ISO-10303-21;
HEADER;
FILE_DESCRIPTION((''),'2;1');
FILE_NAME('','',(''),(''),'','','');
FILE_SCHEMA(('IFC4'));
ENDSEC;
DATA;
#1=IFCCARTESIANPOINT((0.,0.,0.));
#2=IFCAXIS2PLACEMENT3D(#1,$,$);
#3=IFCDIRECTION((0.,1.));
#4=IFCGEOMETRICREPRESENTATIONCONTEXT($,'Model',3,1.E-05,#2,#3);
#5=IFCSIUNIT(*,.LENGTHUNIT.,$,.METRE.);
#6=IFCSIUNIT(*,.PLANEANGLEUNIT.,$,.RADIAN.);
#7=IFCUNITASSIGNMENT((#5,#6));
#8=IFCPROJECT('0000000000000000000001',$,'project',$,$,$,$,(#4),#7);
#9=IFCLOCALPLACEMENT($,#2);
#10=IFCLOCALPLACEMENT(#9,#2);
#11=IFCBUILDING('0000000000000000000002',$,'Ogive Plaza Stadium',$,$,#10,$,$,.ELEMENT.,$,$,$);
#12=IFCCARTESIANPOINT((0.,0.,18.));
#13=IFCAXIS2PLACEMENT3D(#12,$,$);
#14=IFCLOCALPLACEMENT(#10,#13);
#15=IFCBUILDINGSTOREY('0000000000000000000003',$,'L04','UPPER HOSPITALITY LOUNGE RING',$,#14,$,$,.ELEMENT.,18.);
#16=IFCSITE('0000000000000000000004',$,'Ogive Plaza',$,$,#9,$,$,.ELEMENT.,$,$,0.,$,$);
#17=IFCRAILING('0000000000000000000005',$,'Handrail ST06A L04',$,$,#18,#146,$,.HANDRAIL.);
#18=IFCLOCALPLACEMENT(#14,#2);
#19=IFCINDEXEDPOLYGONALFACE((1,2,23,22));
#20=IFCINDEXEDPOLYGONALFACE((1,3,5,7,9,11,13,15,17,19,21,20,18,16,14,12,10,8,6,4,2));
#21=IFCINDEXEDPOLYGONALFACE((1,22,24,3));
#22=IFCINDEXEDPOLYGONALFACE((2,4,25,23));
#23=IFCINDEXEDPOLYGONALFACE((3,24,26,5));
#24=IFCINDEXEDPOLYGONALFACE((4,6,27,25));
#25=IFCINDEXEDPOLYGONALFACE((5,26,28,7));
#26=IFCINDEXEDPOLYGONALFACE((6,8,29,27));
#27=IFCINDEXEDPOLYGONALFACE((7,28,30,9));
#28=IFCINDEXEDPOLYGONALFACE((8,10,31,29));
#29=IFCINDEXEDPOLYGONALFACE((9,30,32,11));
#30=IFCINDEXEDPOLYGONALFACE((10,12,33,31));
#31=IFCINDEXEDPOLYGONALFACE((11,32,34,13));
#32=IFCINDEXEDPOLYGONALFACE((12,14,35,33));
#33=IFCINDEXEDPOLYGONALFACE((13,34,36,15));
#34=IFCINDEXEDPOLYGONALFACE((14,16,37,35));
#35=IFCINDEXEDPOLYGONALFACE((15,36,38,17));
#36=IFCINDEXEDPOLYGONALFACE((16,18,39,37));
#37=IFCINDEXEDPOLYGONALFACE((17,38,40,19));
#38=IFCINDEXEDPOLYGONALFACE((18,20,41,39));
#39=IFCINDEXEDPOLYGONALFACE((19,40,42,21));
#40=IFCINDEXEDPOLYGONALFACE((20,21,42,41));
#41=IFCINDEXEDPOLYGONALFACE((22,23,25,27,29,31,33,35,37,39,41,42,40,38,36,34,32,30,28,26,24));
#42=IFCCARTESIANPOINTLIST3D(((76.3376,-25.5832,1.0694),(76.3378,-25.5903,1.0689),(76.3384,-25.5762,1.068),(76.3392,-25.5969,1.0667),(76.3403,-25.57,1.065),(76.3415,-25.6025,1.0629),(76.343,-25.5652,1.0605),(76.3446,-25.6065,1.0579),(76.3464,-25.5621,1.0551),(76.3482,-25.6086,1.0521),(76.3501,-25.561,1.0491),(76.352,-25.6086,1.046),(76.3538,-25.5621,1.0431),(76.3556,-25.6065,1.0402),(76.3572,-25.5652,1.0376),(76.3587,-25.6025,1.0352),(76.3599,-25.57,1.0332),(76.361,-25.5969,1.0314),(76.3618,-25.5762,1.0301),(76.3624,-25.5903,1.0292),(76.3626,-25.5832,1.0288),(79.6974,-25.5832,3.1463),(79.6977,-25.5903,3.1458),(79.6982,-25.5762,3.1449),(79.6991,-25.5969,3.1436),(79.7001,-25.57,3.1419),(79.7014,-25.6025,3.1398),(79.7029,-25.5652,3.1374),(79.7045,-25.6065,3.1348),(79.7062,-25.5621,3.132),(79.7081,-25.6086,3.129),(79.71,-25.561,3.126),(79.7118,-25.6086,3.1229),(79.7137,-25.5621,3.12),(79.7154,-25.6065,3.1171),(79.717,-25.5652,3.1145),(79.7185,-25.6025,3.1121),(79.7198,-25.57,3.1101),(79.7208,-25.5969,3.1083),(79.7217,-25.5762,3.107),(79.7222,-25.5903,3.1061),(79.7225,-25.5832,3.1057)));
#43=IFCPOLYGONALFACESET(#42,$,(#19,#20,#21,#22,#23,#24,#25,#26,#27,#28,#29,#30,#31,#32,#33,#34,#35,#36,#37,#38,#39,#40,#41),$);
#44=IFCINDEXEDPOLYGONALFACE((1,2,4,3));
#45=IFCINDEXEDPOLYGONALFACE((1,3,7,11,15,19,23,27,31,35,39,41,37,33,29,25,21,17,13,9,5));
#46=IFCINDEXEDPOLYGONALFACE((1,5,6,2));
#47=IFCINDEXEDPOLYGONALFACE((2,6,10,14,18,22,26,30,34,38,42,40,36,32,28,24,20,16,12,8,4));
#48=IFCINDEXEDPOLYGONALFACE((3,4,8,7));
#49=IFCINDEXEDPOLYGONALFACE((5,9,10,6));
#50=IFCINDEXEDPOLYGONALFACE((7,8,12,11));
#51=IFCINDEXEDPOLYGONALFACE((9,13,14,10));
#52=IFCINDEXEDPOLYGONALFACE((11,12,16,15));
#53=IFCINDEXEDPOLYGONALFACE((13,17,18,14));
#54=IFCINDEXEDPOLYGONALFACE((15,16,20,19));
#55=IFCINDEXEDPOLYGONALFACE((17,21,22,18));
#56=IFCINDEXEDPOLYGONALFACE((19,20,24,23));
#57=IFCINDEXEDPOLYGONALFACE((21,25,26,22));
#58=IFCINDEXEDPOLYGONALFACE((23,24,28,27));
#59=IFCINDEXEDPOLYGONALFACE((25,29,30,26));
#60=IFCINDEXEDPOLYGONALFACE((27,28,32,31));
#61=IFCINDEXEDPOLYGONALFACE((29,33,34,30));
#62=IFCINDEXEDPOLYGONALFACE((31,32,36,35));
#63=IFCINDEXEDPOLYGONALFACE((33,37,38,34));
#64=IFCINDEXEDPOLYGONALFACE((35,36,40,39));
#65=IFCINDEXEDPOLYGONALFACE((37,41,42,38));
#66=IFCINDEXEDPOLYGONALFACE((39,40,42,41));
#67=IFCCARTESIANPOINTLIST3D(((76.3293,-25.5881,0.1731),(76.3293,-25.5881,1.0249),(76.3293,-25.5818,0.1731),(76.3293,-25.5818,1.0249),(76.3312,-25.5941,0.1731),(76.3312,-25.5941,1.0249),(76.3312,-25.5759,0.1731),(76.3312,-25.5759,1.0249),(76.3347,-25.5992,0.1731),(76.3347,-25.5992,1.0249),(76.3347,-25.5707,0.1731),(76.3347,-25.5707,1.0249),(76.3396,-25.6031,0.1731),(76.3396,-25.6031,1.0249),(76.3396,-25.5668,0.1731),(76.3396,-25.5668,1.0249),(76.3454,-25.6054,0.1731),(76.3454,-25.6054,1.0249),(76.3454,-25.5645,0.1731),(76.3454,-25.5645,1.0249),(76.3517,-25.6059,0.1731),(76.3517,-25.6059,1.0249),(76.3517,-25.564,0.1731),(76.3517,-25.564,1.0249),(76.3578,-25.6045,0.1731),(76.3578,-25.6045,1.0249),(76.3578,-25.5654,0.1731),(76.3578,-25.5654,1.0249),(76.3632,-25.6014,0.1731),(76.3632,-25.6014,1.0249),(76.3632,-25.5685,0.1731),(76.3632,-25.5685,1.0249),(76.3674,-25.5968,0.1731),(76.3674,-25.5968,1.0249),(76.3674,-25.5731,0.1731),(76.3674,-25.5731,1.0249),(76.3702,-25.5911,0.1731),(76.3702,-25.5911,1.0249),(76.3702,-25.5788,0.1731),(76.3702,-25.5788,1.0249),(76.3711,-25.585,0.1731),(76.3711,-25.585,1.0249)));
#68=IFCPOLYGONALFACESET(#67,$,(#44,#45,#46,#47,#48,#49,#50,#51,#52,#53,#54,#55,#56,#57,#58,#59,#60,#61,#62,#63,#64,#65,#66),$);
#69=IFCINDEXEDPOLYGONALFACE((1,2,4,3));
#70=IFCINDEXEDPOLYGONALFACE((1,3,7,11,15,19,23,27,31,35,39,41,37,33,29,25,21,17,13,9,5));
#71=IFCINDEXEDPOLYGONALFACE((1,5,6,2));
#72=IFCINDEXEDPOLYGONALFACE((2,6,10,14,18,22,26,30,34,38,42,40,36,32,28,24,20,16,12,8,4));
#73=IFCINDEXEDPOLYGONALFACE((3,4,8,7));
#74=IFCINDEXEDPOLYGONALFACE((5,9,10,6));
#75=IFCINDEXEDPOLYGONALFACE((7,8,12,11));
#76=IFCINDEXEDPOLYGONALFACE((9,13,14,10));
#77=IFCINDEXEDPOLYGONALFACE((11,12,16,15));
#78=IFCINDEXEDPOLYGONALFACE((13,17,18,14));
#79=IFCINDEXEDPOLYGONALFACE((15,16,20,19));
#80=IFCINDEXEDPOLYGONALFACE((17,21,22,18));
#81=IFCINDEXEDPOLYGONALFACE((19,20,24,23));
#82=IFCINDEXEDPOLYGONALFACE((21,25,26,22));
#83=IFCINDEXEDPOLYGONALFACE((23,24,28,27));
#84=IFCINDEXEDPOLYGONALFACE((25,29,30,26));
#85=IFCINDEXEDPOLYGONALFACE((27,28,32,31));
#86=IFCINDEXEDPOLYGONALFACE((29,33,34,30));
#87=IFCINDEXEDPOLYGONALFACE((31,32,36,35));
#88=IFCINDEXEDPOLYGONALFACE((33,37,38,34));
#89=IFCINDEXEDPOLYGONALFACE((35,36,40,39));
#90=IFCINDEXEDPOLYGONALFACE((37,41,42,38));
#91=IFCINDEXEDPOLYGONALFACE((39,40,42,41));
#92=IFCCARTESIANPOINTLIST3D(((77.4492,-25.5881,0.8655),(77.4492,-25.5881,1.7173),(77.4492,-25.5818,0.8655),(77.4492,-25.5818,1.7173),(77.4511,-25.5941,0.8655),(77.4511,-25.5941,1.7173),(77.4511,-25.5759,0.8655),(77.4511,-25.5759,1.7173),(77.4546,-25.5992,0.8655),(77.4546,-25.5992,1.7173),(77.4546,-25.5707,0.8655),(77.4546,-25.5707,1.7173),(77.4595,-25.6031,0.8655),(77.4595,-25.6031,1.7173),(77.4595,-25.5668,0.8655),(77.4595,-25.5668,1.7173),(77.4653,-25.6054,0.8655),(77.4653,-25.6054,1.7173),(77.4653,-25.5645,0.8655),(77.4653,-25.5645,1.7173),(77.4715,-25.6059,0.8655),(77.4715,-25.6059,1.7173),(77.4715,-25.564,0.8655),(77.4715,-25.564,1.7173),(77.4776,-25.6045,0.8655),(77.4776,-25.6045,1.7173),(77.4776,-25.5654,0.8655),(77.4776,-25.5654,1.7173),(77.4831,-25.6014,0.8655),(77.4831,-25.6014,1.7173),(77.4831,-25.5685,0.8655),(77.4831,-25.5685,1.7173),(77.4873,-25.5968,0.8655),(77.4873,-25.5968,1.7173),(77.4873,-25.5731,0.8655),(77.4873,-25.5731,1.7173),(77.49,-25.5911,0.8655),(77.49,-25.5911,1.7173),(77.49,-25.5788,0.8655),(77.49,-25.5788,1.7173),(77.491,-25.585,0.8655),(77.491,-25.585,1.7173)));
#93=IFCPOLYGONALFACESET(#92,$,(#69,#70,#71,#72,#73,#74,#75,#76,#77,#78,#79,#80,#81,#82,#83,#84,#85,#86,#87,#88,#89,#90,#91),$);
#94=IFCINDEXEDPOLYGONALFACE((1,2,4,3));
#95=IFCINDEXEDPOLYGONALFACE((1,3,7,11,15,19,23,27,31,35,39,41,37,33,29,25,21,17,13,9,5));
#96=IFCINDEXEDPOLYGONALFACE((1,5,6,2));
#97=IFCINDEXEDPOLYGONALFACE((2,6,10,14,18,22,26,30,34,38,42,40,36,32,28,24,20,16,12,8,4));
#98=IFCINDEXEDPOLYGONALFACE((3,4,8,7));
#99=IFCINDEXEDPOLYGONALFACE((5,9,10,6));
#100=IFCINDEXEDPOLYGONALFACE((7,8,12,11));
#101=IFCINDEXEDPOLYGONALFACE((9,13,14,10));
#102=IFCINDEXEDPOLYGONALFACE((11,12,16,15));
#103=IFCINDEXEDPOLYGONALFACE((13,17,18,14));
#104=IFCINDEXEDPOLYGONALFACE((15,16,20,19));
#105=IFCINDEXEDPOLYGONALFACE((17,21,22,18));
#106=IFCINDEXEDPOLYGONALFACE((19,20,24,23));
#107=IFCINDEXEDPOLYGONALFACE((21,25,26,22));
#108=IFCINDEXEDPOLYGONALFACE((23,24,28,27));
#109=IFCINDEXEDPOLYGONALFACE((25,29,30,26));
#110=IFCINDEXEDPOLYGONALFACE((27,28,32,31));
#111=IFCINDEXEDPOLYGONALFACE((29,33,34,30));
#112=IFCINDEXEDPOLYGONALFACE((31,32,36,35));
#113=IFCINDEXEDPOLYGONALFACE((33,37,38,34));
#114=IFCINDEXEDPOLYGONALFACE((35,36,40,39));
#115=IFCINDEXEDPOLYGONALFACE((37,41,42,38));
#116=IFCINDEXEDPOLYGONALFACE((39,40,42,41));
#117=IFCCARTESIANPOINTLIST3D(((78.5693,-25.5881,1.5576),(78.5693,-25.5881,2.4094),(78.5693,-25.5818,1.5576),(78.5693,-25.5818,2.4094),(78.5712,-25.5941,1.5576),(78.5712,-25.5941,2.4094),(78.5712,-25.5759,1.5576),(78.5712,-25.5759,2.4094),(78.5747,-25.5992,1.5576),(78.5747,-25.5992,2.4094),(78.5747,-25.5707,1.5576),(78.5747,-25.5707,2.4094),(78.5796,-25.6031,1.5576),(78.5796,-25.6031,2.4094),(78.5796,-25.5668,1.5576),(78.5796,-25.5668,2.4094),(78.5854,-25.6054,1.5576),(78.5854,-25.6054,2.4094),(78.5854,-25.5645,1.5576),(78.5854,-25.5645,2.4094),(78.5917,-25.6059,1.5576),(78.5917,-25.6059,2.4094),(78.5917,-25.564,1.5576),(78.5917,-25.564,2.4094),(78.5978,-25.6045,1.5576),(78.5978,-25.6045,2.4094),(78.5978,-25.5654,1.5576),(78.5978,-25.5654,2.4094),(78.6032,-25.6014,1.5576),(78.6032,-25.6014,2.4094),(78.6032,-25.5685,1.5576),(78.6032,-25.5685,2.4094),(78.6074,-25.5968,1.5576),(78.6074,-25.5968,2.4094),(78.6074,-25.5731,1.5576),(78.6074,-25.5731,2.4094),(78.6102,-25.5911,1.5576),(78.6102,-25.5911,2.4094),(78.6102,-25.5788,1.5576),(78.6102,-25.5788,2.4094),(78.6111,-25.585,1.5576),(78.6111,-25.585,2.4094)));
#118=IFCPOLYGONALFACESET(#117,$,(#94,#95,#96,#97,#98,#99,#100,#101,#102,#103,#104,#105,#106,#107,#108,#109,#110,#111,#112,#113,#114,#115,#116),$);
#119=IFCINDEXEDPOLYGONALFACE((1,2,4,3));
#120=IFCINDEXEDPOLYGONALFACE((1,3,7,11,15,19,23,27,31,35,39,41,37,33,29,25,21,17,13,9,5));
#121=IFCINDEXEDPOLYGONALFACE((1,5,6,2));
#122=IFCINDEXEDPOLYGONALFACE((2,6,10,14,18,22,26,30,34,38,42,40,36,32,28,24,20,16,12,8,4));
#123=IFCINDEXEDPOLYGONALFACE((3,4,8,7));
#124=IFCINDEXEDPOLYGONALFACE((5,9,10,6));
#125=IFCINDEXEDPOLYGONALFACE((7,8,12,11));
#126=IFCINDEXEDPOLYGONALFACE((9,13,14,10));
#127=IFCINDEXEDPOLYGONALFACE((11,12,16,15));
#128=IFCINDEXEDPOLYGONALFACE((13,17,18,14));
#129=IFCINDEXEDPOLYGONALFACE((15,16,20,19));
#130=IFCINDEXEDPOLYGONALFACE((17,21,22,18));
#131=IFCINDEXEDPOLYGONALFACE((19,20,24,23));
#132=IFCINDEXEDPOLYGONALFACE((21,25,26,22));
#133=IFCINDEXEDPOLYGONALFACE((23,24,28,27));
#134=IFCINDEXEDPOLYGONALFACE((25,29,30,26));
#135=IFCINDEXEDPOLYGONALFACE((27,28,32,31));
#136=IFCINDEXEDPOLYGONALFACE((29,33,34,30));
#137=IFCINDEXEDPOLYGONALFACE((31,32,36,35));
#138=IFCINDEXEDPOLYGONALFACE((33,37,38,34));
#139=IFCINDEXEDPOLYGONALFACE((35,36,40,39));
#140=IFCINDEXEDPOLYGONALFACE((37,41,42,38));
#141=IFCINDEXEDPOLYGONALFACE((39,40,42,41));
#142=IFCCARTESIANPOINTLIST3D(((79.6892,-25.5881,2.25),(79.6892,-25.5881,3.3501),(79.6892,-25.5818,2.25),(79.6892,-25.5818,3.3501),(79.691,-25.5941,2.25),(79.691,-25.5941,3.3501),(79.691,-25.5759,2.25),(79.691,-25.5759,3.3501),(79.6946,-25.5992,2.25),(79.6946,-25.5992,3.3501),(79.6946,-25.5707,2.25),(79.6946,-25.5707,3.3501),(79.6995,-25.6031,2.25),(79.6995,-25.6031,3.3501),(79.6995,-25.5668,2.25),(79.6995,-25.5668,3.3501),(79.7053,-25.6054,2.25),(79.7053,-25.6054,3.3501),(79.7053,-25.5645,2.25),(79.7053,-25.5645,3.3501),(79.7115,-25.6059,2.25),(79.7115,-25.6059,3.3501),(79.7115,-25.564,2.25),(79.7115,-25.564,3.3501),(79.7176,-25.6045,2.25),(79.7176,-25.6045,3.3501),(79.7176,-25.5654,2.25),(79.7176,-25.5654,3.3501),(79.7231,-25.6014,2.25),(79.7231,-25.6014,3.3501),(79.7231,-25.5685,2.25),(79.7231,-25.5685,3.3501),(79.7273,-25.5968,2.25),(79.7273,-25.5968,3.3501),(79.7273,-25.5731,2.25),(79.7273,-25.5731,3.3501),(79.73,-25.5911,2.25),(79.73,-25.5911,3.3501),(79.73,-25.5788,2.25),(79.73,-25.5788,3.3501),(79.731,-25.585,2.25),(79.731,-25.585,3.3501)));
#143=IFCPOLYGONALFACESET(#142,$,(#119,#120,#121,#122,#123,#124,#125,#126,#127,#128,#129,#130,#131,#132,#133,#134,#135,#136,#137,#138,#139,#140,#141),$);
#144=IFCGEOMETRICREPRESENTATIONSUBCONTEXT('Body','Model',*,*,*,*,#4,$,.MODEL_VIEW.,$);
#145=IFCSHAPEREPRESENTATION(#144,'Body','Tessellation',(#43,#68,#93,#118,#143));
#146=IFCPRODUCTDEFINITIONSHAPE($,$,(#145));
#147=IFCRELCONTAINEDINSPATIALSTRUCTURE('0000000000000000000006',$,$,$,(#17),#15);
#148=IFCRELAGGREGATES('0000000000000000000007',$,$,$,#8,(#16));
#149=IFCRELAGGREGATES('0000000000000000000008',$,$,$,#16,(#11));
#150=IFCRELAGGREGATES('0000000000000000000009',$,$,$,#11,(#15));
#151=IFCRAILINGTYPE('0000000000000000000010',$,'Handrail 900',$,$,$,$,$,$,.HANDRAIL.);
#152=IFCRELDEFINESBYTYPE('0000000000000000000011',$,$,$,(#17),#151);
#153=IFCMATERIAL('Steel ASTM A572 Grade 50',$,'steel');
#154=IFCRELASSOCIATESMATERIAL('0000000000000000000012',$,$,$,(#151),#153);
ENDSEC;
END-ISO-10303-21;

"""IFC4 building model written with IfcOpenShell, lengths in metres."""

from ifc_helpers import new_model, si_unit, direction, frame, origin, origin_2d, place, context, subcontext, project, spatial, circle, extrude, material, type_object, element, save


model = new_model("IFC4")

# Units and contexts
model_context = context("Model", 3, precision=1e-05, world=origin(), true_north=direction((0.0, 1.0)))
body_context = subcontext(model_context, "Body", "Model", "MODEL_VIEW")
ifc_project = project(units=[si_unit("LENGTHUNIT", "METRE"), si_unit("PLANEANGLEUNIT", "RADIAN")], contexts=[model_context])

# Site, building, storey
site_placement = place(None, origin())
site = spatial("IfcSite", under=ifc_project, at=site_placement, Name="Ogive Plaza", CompositionType="ELEMENT", RefElevation=0.0)
building_placement = place(site_placement, origin())
building = spatial("IfcBuilding", under=site, at=building_placement, Name="Ogive Plaza Stadium", CompositionType="ELEMENT")
storey_placement = place(building_placement, frame((0.0, 0.0, 18.0)))
storey = spatial("IfcBuildingStorey", under=building, at=storey_placement, Name="L04", Description="UPPER HOSPITALITY LOUNGE RING", CompositionType="ELEMENT", Elevation=18.0)

# Railing
ifc_material_1 = material(Name="Steel ASTM A572 Grade 50", Category="steel")
railing_type_1 = type_object("IfcRailingType", Name="Handrail 900", PredefinedType="HANDRAIL", material=ifc_material_1)
for number, where, name in (
    (1, (76.3501, -25.585, 0.1731), "Handrail ST06A L04"),
):
    element("IfcRailing", number, at=place(storey_placement, frame(where)), inside=storey, type_object=railing_type_1, Name=name, PredefinedType="HANDRAIL", context=body_context, shape_type="SweptSolid", body=[
        extrude(circle(Radius=0.0239, at=origin_2d()), frame((0.0, 0.0, 0.876), z_axis=(0.850606, 0.0, 0.525803), x_axis=(0.0, 1.0, 0.0)), (0.0, 0.0, 1.0), 3.95),
        extrude(circle(Radius=0.021, at=origin_2d()), origin(), (0.0, 0.0, 1.0), 0.8518),
        extrude(circle(Radius=0.021, at=origin_2d()), frame((1.1199, 0.0, 0.6924)), (0.0, 0.0, 1.0), 0.8518),
        extrude(circle(Radius=0.021, at=origin_2d()), frame((2.24, 0.0, 1.3845)), (0.0, 0.0, 1.0), 0.8518),
        extrude(circle(Radius=0.021, at=origin_2d()), frame((3.3599, 0.0, 2.0769)), (0.0, 0.0, 1.0), 1.1001),
    ])

save(model, "model.ifc")
